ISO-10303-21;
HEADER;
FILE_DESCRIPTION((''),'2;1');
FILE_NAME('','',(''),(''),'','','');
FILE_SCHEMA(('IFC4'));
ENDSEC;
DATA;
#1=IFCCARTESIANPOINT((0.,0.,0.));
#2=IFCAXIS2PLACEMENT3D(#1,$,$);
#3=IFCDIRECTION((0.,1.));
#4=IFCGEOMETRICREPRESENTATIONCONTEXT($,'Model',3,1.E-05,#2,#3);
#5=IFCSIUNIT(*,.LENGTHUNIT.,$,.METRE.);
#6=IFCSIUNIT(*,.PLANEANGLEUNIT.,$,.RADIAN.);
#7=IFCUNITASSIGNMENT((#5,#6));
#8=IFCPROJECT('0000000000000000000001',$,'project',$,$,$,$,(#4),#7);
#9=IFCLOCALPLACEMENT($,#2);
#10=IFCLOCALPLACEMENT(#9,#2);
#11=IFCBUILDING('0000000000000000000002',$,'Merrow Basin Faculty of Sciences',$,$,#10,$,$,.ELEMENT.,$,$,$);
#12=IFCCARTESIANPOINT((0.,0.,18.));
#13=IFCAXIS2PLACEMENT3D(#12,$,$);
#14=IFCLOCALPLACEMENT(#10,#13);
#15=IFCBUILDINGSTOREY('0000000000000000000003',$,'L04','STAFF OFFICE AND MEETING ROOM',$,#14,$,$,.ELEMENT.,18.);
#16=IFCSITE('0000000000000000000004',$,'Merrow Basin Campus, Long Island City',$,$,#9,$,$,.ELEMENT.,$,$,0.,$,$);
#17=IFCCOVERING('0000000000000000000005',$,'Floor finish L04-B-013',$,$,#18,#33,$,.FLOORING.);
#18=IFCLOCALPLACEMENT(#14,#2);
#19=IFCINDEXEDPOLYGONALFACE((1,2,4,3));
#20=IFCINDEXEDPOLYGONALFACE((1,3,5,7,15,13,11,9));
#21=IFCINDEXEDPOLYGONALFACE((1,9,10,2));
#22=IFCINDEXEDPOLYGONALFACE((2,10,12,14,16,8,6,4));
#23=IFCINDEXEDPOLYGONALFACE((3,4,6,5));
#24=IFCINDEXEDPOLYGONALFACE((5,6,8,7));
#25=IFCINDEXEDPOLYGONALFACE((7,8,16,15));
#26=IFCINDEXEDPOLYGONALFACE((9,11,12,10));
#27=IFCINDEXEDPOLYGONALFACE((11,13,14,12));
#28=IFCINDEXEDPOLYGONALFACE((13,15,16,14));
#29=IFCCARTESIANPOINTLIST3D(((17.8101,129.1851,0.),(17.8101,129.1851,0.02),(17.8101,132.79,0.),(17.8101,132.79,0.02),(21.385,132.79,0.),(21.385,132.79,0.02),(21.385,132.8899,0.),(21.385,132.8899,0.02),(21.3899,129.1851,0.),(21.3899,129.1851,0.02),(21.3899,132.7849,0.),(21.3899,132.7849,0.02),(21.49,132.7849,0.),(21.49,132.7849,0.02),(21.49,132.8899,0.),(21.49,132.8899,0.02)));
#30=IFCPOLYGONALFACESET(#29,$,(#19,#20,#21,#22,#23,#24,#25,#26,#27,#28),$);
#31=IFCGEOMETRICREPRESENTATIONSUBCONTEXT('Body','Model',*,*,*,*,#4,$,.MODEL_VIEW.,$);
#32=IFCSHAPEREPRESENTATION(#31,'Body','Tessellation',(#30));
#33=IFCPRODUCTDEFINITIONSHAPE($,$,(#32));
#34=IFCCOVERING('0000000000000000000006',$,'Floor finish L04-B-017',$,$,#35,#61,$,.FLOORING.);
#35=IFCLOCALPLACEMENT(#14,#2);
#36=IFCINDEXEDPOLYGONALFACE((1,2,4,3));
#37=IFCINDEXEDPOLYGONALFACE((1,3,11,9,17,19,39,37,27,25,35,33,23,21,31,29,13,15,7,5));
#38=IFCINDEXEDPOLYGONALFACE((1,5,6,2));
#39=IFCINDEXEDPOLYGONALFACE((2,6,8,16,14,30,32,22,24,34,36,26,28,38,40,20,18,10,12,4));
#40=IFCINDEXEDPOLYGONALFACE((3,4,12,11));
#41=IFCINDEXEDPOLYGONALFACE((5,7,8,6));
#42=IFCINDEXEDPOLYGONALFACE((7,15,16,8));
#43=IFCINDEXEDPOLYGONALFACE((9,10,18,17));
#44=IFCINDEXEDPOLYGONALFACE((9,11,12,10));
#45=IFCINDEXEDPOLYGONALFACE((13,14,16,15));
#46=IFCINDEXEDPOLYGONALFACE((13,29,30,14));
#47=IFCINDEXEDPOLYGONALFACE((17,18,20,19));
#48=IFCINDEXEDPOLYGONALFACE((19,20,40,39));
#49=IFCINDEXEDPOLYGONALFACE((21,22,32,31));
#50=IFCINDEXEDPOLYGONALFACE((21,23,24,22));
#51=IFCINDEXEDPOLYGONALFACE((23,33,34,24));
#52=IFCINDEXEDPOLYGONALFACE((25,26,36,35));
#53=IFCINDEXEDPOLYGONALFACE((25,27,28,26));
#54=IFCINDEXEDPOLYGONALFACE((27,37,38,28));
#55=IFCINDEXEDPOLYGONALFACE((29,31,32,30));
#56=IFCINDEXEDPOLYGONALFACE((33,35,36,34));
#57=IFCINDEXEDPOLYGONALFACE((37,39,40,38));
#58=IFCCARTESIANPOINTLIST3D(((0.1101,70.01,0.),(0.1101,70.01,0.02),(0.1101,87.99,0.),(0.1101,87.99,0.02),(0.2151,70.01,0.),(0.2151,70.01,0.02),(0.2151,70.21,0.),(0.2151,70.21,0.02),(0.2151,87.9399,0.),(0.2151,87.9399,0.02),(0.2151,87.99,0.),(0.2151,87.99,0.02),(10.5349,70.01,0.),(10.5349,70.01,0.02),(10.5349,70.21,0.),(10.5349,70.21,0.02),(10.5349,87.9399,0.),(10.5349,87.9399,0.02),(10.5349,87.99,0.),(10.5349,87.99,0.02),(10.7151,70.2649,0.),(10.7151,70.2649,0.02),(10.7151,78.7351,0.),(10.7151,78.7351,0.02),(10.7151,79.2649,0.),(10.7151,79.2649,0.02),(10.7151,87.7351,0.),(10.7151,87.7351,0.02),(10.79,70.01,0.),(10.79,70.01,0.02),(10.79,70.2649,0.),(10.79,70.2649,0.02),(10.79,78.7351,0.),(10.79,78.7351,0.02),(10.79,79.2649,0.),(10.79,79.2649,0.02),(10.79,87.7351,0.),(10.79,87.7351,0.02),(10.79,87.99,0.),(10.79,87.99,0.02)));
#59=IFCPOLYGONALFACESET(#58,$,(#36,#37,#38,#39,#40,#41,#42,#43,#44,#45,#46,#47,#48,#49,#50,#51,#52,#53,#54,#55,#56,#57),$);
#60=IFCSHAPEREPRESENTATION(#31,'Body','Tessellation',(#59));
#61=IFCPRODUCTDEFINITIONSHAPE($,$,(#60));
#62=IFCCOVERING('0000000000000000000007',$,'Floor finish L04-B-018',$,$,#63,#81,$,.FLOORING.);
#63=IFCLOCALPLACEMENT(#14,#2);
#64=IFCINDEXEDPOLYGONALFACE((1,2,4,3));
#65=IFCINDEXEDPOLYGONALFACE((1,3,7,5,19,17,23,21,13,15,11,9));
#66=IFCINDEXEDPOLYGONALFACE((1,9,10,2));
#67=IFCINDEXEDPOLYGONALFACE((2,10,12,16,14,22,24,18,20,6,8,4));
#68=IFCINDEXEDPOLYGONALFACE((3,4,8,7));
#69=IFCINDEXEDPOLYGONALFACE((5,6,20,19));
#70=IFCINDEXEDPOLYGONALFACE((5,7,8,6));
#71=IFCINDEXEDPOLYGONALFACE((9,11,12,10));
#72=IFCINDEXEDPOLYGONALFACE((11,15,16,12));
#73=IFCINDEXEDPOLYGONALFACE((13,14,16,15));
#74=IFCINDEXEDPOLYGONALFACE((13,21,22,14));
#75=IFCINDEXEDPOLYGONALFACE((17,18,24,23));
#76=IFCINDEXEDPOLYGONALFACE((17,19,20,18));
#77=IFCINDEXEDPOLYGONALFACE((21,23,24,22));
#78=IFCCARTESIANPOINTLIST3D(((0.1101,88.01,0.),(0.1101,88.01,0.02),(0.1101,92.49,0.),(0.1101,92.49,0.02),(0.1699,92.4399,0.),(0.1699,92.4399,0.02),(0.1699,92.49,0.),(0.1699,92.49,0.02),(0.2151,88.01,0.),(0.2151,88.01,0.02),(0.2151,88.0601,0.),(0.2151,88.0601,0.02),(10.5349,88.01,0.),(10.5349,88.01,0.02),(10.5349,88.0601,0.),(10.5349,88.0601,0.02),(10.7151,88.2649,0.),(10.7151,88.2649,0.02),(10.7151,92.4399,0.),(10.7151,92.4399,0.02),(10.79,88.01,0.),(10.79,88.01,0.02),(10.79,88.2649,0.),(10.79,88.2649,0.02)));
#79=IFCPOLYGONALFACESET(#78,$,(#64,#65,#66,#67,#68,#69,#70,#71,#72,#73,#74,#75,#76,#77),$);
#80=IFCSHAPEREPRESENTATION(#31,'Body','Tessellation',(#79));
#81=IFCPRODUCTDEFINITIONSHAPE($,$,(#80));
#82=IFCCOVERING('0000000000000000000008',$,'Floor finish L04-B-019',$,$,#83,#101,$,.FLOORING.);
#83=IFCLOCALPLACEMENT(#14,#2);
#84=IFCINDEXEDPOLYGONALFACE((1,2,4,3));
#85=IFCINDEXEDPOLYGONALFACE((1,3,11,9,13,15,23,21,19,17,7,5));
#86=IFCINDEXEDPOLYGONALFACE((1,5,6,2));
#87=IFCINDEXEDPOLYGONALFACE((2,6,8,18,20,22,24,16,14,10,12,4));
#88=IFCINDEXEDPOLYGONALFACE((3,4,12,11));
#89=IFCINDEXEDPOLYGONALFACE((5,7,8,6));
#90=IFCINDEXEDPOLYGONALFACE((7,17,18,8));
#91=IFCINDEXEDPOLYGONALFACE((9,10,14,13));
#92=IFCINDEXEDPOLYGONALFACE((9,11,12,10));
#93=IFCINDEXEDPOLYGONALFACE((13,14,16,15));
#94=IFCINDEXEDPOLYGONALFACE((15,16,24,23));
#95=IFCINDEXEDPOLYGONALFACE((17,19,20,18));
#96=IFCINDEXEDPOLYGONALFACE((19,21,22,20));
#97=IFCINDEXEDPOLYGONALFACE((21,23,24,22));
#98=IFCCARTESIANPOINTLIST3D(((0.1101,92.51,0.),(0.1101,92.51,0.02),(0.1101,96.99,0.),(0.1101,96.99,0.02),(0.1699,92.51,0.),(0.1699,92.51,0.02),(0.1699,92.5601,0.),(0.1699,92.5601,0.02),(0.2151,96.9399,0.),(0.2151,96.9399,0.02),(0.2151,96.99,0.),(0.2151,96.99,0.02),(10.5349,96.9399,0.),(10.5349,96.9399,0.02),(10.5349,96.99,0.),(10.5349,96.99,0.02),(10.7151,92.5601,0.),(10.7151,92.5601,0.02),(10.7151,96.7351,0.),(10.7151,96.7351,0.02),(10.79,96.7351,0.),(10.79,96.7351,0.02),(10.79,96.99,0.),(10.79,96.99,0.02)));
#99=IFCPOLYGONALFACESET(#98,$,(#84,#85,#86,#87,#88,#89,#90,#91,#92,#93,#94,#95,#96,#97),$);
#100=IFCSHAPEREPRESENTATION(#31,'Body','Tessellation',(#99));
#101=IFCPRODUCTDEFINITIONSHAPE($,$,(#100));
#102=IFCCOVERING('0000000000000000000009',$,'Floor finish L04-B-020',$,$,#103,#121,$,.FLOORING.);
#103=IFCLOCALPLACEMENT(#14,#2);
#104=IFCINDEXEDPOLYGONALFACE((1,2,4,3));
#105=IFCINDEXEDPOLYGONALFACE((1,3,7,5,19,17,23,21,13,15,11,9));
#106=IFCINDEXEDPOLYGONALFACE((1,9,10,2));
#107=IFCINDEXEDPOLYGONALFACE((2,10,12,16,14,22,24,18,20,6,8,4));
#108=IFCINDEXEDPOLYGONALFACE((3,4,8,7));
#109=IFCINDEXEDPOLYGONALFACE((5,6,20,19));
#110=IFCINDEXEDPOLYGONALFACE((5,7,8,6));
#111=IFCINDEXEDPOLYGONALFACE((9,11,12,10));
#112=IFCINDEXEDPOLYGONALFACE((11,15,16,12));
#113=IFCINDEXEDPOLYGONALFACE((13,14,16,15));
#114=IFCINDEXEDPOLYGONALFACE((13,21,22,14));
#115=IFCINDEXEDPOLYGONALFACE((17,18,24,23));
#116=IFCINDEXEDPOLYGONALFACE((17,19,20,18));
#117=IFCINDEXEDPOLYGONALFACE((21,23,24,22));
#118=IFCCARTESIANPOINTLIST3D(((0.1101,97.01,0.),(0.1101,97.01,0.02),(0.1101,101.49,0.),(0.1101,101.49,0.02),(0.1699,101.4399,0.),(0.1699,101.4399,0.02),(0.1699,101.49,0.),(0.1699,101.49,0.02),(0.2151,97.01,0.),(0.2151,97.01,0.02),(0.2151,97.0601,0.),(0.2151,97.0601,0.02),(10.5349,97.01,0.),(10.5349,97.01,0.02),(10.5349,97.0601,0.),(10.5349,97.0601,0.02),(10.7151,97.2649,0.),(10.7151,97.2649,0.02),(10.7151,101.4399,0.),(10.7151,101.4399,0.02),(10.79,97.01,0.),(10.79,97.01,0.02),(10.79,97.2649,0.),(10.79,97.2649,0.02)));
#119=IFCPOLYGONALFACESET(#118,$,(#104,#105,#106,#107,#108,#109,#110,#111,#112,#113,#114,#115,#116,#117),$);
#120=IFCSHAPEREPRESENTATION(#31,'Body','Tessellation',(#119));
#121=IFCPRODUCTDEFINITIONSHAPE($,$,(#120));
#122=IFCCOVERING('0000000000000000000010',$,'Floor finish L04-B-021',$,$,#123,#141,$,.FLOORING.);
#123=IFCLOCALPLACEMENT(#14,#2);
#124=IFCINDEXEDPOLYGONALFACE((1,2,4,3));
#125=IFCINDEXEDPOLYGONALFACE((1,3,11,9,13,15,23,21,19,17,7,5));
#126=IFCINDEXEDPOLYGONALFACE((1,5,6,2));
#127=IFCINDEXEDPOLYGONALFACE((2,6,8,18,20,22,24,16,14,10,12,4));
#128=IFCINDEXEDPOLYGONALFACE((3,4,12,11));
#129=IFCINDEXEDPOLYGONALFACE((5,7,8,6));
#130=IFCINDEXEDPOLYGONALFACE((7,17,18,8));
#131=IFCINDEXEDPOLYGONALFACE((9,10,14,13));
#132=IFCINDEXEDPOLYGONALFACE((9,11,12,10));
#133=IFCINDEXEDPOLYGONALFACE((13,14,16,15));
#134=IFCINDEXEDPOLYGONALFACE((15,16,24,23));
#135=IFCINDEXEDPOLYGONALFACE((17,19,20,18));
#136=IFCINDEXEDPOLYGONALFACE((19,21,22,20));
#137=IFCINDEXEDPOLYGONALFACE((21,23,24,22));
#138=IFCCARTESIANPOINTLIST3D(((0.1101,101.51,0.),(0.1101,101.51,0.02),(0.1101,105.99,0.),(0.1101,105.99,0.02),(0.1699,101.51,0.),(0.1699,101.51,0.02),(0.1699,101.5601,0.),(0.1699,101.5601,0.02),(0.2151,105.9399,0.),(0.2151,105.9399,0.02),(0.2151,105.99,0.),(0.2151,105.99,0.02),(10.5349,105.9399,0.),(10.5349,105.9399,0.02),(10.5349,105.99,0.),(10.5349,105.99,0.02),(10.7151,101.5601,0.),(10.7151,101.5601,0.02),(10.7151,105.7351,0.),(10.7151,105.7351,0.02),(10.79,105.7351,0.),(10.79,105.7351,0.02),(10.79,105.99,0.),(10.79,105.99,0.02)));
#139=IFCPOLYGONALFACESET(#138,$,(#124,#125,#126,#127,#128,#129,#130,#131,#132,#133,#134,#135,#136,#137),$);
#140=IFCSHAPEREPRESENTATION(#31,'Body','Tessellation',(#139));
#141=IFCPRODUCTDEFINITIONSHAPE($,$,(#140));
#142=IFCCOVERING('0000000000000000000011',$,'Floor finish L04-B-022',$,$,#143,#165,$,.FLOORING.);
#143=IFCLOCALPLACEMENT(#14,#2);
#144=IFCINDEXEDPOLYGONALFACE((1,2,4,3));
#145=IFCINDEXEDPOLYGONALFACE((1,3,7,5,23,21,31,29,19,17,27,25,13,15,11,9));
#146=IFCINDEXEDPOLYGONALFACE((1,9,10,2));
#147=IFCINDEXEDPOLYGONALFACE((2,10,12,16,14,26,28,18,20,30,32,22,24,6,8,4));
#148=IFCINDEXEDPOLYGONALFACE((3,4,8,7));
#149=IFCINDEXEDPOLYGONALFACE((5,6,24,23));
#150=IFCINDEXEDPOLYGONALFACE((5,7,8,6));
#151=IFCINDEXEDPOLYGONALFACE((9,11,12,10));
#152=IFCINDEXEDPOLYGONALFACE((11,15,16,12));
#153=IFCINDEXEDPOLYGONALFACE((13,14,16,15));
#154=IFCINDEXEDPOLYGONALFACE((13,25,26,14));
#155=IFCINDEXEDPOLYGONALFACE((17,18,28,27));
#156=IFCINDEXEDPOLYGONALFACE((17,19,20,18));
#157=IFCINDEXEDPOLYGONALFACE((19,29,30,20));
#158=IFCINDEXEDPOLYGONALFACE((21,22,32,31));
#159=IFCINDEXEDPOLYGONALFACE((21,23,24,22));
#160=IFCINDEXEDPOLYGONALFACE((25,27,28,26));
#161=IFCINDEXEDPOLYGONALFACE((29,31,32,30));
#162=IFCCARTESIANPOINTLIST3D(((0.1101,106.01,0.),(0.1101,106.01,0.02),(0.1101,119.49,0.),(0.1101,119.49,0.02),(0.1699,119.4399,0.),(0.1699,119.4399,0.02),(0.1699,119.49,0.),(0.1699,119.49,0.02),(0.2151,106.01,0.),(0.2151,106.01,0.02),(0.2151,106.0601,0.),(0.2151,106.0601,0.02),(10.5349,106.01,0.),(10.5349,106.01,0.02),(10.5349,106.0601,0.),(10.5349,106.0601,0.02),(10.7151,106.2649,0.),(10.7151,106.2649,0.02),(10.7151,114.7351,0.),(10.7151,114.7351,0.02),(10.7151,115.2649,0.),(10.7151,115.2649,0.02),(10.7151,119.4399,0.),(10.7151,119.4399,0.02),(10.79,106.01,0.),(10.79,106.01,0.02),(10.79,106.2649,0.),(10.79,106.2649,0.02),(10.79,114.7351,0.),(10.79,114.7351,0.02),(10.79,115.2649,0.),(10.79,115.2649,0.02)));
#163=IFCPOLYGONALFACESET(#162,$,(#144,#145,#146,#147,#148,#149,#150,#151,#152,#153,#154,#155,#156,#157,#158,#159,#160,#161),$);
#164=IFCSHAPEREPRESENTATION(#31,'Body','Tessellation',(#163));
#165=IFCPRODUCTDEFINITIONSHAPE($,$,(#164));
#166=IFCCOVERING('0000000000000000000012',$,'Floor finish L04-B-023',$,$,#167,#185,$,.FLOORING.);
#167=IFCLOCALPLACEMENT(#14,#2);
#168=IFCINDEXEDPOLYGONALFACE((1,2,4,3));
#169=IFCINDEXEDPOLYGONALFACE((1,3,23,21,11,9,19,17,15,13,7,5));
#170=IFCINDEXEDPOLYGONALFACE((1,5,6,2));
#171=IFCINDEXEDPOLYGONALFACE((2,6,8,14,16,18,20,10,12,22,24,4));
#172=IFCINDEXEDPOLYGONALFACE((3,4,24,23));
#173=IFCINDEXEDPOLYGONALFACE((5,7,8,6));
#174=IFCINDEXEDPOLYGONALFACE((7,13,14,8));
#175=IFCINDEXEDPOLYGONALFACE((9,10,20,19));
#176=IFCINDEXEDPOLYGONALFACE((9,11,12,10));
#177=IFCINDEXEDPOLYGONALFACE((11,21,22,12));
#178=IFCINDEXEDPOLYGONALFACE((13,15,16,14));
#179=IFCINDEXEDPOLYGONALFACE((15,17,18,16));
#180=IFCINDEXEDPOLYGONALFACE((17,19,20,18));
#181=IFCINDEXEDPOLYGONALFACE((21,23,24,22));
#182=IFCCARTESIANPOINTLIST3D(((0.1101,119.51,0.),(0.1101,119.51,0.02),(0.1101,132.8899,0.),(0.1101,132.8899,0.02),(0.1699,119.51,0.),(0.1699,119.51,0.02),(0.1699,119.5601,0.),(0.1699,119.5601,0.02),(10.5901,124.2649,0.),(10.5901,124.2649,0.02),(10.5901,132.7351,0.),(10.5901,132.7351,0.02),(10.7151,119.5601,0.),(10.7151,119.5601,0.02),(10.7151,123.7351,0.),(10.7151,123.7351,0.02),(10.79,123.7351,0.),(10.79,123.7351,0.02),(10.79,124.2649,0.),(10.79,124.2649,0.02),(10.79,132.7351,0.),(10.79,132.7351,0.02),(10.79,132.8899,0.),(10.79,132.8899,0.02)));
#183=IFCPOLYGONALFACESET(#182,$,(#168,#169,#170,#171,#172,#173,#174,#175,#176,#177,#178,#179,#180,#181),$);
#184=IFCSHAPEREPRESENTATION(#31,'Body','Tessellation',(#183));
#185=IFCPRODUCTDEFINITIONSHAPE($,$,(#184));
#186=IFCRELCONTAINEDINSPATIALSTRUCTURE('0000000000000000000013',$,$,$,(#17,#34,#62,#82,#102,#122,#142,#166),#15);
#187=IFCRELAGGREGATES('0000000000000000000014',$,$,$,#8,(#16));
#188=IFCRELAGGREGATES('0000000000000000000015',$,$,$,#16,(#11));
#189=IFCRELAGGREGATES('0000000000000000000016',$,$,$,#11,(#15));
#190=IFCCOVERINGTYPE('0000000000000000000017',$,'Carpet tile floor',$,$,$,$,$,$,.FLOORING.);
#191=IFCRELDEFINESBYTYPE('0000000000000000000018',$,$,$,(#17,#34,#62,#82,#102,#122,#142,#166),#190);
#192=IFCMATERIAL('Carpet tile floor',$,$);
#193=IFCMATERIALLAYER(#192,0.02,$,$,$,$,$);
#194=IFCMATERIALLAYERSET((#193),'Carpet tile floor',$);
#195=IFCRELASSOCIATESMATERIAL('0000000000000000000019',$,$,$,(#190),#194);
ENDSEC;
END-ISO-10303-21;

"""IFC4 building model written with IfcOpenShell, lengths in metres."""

from ifc_helpers import new_model, si_unit, direction, frame, origin, place, context, subcontext, project, spatial, polyline, outline, extrude, material, layer, layer_set, type_object, element, save


model = new_model("IFC4")

# Units and contexts
model_context = context("Model", 3, precision=1e-05, world=origin(), true_north=direction((0.0, 1.0)))
body_context = subcontext(model_context, "Body", "Model", "MODEL_VIEW")
ifc_project = project(units=[si_unit("LENGTHUNIT", "METRE"), si_unit("PLANEANGLEUNIT", "RADIAN")], contexts=[model_context])

# Site, building, storey
site_placement = place(None, origin())
site = spatial("IfcSite", under=ifc_project, at=site_placement, Name="Merrow Basin Campus, Long Island City", CompositionType="ELEMENT", RefElevation=0.0)
building_placement = place(site_placement, origin())
building = spatial("IfcBuilding", under=site, at=building_placement, Name="Merrow Basin Faculty of Sciences", CompositionType="ELEMENT")
storey_placement = place(building_placement, frame((0.0, 0.0, 18.0)))
storey = spatial("IfcBuildingStorey", under=building, at=storey_placement, Name="L04", Description="STAFF OFFICE AND MEETING ROOM", CompositionType="ELEMENT", Elevation=18.0)

# Coverings
ifc_material_1 = material(Name="Carpet tile floor")
ifc_layer_1 = layer(ifc_material_1, 0.02)
ifc_layer_set_1 = layer_set([ifc_layer_1], Name="Carpet tile floor")
covering_type_1 = type_object("IfcCoveringType", Name="Carpet tile floor", PredefinedType="FLOORING", material=ifc_layer_set_1)
covering_1_placement = place(storey_placement, origin())
element("IfcCovering", 1, at=covering_1_placement, inside=storey, type_object=covering_type_1, Name="Floor finish L04-B-013", PredefinedType="FLOORING", context=body_context, shape_type="SweptSolid", body=[
    extrude(outline(polyline([(21.3899, 129.1851), (17.8101, 129.1851), (17.8101, 132.79), (21.385, 132.79), (21.385, 132.8899), (21.49, 132.8899), (21.49, 132.7849), (21.3899, 132.7849), (21.3899, 129.1851)])), origin(), (0.0, 0.0, 1.0), 0.02),
])
covering_2_placement = place(storey_placement, origin())
element("IfcCovering", 2, at=covering_2_placement, inside=storey, type_object=covering_type_1, Name="Floor finish L04-B-017", PredefinedType="FLOORING", context=body_context, shape_type="SweptSolid", body=[
    extrude(outline(polyline([(10.79, 87.7351), (10.7151, 87.7351), (10.7151, 79.2649), (10.79, 79.2649), (10.79, 78.7351), (10.7151, 78.7351), (10.7151, 70.2649), (10.79, 70.2649), (10.79, 70.01), (10.5349, 70.01), (10.5349, 70.21), (0.2151, 70.21), (0.2151, 70.01), (0.1101, 70.01), (0.1101, 87.99), (0.2151, 87.99), (0.2151, 87.9399), (10.5349, 87.9399), (10.5349, 87.99), (10.79, 87.99), (10.79, 87.7351)])), origin(), (0.0, 0.0, 1.0), 0.02),
])
covering_3_placement = place(storey_placement, origin())
element("IfcCovering", 3, at=covering_3_placement, inside=storey, type_object=covering_type_1, Name="Floor finish L04-B-018", PredefinedType="FLOORING", context=body_context, shape_type="SweptSolid", body=[
    extrude(outline(polyline([(10.7151, 92.4399), (10.7151, 88.2649), (10.79, 88.2649), (10.79, 88.01), (10.5349, 88.01), (10.5349, 88.0601), (0.2151, 88.0601), (0.2151, 88.01), (0.1101, 88.01), (0.1101, 92.49), (0.1699, 92.49), (0.1699, 92.4399), (10.7151, 92.4399)])), origin(), (0.0, 0.0, 1.0), 0.02),
])
covering_4_placement = place(storey_placement, origin())
element("IfcCovering", 4, at=covering_4_placement, inside=storey, type_object=covering_type_1, Name="Floor finish L04-B-019", PredefinedType="FLOORING", context=body_context, shape_type="SweptSolid", body=[
    extrude(outline(polyline([(10.7151, 92.5601), (0.1699, 92.5601), (0.1699, 92.51), (0.1101, 92.51), (0.1101, 96.99), (0.2151, 96.99), (0.2151, 96.9399), (10.5349, 96.9399), (10.5349, 96.99), (10.79, 96.99), (10.79, 96.7351), (10.7151, 96.7351), (10.7151, 92.5601)])), origin(), (0.0, 0.0, 1.0), 0.02),
])
covering_5_placement = place(storey_placement, origin())
element("IfcCovering", 5, at=covering_5_placement, inside=storey, type_object=covering_type_1, Name="Floor finish L04-B-020", PredefinedType="FLOORING", context=body_context, shape_type="SweptSolid", body=[
    extrude(outline(polyline([(10.7151, 101.4399), (10.7151, 97.2649), (10.79, 97.2649), (10.79, 97.01), (10.5349, 97.01), (10.5349, 97.0601), (0.2151, 97.0601), (0.2151, 97.01), (0.1101, 97.01), (0.1101, 101.49), (0.1699, 101.49), (0.1699, 101.4399), (10.7151, 101.4399)])), origin(), (0.0, 0.0, 1.0), 0.02),
])
covering_6_placement = place(storey_placement, origin())
element("IfcCovering", 6, at=covering_6_placement, inside=storey, type_object=covering_type_1, Name="Floor finish L04-B-021", PredefinedType="FLOORING", context=body_context, shape_type="SweptSolid", body=[
    extrude(outline(polyline([(10.7151, 101.5601), (0.1699, 101.5601), (0.1699, 101.51), (0.1101, 101.51), (0.1101, 105.99), (0.2151, 105.99), (0.2151, 105.9399), (10.5349, 105.9399), (10.5349, 105.99), (10.79, 105.99), (10.79, 105.7351), (10.7151, 105.7351), (10.7151, 101.5601)])), origin(), (0.0, 0.0, 1.0), 0.02),
])
covering_7_placement = place(storey_placement, origin())
element("IfcCovering", 7, at=covering_7_placement, inside=storey, type_object=covering_type_1, Name="Floor finish L04-B-022", PredefinedType="FLOORING", context=body_context, shape_type="SweptSolid", body=[
    extrude(outline(polyline([(10.7151, 119.4399), (10.7151, 115.2649), (10.79, 115.2649), (10.79, 114.7351), (10.7151, 114.7351), (10.7151, 106.2649), (10.79, 106.2649), (10.79, 106.01), (10.5349, 106.01), (10.5349, 106.0601), (0.2151, 106.0601), (0.2151, 106.01), (0.1101, 106.01), (0.1101, 119.49), (0.1699, 119.49), (0.1699, 119.4399), (10.7151, 119.4399)])), origin(), (0.0, 0.0, 1.0), 0.02),
])
covering_8_placement = place(storey_placement, origin())
element("IfcCovering", 8, at=covering_8_placement, inside=storey, type_object=covering_type_1, Name="Floor finish L04-B-023", PredefinedType="FLOORING", context=body_context, shape_type="SweptSolid", body=[
    extrude(outline(polyline([(10.7151, 119.5601), (0.1699, 119.5601), (0.1699, 119.51), (0.1101, 119.51), (0.1101, 132.8899), (10.79, 132.8899), (10.79, 132.7351), (10.5901, 132.7351), (10.5901, 124.2649), (10.79, 124.2649), (10.79, 123.7351), (10.7151, 123.7351), (10.7151, 119.5601)])), origin(), (0.0, 0.0, 1.0), 0.02),
])

save(model, "model.ifc")
